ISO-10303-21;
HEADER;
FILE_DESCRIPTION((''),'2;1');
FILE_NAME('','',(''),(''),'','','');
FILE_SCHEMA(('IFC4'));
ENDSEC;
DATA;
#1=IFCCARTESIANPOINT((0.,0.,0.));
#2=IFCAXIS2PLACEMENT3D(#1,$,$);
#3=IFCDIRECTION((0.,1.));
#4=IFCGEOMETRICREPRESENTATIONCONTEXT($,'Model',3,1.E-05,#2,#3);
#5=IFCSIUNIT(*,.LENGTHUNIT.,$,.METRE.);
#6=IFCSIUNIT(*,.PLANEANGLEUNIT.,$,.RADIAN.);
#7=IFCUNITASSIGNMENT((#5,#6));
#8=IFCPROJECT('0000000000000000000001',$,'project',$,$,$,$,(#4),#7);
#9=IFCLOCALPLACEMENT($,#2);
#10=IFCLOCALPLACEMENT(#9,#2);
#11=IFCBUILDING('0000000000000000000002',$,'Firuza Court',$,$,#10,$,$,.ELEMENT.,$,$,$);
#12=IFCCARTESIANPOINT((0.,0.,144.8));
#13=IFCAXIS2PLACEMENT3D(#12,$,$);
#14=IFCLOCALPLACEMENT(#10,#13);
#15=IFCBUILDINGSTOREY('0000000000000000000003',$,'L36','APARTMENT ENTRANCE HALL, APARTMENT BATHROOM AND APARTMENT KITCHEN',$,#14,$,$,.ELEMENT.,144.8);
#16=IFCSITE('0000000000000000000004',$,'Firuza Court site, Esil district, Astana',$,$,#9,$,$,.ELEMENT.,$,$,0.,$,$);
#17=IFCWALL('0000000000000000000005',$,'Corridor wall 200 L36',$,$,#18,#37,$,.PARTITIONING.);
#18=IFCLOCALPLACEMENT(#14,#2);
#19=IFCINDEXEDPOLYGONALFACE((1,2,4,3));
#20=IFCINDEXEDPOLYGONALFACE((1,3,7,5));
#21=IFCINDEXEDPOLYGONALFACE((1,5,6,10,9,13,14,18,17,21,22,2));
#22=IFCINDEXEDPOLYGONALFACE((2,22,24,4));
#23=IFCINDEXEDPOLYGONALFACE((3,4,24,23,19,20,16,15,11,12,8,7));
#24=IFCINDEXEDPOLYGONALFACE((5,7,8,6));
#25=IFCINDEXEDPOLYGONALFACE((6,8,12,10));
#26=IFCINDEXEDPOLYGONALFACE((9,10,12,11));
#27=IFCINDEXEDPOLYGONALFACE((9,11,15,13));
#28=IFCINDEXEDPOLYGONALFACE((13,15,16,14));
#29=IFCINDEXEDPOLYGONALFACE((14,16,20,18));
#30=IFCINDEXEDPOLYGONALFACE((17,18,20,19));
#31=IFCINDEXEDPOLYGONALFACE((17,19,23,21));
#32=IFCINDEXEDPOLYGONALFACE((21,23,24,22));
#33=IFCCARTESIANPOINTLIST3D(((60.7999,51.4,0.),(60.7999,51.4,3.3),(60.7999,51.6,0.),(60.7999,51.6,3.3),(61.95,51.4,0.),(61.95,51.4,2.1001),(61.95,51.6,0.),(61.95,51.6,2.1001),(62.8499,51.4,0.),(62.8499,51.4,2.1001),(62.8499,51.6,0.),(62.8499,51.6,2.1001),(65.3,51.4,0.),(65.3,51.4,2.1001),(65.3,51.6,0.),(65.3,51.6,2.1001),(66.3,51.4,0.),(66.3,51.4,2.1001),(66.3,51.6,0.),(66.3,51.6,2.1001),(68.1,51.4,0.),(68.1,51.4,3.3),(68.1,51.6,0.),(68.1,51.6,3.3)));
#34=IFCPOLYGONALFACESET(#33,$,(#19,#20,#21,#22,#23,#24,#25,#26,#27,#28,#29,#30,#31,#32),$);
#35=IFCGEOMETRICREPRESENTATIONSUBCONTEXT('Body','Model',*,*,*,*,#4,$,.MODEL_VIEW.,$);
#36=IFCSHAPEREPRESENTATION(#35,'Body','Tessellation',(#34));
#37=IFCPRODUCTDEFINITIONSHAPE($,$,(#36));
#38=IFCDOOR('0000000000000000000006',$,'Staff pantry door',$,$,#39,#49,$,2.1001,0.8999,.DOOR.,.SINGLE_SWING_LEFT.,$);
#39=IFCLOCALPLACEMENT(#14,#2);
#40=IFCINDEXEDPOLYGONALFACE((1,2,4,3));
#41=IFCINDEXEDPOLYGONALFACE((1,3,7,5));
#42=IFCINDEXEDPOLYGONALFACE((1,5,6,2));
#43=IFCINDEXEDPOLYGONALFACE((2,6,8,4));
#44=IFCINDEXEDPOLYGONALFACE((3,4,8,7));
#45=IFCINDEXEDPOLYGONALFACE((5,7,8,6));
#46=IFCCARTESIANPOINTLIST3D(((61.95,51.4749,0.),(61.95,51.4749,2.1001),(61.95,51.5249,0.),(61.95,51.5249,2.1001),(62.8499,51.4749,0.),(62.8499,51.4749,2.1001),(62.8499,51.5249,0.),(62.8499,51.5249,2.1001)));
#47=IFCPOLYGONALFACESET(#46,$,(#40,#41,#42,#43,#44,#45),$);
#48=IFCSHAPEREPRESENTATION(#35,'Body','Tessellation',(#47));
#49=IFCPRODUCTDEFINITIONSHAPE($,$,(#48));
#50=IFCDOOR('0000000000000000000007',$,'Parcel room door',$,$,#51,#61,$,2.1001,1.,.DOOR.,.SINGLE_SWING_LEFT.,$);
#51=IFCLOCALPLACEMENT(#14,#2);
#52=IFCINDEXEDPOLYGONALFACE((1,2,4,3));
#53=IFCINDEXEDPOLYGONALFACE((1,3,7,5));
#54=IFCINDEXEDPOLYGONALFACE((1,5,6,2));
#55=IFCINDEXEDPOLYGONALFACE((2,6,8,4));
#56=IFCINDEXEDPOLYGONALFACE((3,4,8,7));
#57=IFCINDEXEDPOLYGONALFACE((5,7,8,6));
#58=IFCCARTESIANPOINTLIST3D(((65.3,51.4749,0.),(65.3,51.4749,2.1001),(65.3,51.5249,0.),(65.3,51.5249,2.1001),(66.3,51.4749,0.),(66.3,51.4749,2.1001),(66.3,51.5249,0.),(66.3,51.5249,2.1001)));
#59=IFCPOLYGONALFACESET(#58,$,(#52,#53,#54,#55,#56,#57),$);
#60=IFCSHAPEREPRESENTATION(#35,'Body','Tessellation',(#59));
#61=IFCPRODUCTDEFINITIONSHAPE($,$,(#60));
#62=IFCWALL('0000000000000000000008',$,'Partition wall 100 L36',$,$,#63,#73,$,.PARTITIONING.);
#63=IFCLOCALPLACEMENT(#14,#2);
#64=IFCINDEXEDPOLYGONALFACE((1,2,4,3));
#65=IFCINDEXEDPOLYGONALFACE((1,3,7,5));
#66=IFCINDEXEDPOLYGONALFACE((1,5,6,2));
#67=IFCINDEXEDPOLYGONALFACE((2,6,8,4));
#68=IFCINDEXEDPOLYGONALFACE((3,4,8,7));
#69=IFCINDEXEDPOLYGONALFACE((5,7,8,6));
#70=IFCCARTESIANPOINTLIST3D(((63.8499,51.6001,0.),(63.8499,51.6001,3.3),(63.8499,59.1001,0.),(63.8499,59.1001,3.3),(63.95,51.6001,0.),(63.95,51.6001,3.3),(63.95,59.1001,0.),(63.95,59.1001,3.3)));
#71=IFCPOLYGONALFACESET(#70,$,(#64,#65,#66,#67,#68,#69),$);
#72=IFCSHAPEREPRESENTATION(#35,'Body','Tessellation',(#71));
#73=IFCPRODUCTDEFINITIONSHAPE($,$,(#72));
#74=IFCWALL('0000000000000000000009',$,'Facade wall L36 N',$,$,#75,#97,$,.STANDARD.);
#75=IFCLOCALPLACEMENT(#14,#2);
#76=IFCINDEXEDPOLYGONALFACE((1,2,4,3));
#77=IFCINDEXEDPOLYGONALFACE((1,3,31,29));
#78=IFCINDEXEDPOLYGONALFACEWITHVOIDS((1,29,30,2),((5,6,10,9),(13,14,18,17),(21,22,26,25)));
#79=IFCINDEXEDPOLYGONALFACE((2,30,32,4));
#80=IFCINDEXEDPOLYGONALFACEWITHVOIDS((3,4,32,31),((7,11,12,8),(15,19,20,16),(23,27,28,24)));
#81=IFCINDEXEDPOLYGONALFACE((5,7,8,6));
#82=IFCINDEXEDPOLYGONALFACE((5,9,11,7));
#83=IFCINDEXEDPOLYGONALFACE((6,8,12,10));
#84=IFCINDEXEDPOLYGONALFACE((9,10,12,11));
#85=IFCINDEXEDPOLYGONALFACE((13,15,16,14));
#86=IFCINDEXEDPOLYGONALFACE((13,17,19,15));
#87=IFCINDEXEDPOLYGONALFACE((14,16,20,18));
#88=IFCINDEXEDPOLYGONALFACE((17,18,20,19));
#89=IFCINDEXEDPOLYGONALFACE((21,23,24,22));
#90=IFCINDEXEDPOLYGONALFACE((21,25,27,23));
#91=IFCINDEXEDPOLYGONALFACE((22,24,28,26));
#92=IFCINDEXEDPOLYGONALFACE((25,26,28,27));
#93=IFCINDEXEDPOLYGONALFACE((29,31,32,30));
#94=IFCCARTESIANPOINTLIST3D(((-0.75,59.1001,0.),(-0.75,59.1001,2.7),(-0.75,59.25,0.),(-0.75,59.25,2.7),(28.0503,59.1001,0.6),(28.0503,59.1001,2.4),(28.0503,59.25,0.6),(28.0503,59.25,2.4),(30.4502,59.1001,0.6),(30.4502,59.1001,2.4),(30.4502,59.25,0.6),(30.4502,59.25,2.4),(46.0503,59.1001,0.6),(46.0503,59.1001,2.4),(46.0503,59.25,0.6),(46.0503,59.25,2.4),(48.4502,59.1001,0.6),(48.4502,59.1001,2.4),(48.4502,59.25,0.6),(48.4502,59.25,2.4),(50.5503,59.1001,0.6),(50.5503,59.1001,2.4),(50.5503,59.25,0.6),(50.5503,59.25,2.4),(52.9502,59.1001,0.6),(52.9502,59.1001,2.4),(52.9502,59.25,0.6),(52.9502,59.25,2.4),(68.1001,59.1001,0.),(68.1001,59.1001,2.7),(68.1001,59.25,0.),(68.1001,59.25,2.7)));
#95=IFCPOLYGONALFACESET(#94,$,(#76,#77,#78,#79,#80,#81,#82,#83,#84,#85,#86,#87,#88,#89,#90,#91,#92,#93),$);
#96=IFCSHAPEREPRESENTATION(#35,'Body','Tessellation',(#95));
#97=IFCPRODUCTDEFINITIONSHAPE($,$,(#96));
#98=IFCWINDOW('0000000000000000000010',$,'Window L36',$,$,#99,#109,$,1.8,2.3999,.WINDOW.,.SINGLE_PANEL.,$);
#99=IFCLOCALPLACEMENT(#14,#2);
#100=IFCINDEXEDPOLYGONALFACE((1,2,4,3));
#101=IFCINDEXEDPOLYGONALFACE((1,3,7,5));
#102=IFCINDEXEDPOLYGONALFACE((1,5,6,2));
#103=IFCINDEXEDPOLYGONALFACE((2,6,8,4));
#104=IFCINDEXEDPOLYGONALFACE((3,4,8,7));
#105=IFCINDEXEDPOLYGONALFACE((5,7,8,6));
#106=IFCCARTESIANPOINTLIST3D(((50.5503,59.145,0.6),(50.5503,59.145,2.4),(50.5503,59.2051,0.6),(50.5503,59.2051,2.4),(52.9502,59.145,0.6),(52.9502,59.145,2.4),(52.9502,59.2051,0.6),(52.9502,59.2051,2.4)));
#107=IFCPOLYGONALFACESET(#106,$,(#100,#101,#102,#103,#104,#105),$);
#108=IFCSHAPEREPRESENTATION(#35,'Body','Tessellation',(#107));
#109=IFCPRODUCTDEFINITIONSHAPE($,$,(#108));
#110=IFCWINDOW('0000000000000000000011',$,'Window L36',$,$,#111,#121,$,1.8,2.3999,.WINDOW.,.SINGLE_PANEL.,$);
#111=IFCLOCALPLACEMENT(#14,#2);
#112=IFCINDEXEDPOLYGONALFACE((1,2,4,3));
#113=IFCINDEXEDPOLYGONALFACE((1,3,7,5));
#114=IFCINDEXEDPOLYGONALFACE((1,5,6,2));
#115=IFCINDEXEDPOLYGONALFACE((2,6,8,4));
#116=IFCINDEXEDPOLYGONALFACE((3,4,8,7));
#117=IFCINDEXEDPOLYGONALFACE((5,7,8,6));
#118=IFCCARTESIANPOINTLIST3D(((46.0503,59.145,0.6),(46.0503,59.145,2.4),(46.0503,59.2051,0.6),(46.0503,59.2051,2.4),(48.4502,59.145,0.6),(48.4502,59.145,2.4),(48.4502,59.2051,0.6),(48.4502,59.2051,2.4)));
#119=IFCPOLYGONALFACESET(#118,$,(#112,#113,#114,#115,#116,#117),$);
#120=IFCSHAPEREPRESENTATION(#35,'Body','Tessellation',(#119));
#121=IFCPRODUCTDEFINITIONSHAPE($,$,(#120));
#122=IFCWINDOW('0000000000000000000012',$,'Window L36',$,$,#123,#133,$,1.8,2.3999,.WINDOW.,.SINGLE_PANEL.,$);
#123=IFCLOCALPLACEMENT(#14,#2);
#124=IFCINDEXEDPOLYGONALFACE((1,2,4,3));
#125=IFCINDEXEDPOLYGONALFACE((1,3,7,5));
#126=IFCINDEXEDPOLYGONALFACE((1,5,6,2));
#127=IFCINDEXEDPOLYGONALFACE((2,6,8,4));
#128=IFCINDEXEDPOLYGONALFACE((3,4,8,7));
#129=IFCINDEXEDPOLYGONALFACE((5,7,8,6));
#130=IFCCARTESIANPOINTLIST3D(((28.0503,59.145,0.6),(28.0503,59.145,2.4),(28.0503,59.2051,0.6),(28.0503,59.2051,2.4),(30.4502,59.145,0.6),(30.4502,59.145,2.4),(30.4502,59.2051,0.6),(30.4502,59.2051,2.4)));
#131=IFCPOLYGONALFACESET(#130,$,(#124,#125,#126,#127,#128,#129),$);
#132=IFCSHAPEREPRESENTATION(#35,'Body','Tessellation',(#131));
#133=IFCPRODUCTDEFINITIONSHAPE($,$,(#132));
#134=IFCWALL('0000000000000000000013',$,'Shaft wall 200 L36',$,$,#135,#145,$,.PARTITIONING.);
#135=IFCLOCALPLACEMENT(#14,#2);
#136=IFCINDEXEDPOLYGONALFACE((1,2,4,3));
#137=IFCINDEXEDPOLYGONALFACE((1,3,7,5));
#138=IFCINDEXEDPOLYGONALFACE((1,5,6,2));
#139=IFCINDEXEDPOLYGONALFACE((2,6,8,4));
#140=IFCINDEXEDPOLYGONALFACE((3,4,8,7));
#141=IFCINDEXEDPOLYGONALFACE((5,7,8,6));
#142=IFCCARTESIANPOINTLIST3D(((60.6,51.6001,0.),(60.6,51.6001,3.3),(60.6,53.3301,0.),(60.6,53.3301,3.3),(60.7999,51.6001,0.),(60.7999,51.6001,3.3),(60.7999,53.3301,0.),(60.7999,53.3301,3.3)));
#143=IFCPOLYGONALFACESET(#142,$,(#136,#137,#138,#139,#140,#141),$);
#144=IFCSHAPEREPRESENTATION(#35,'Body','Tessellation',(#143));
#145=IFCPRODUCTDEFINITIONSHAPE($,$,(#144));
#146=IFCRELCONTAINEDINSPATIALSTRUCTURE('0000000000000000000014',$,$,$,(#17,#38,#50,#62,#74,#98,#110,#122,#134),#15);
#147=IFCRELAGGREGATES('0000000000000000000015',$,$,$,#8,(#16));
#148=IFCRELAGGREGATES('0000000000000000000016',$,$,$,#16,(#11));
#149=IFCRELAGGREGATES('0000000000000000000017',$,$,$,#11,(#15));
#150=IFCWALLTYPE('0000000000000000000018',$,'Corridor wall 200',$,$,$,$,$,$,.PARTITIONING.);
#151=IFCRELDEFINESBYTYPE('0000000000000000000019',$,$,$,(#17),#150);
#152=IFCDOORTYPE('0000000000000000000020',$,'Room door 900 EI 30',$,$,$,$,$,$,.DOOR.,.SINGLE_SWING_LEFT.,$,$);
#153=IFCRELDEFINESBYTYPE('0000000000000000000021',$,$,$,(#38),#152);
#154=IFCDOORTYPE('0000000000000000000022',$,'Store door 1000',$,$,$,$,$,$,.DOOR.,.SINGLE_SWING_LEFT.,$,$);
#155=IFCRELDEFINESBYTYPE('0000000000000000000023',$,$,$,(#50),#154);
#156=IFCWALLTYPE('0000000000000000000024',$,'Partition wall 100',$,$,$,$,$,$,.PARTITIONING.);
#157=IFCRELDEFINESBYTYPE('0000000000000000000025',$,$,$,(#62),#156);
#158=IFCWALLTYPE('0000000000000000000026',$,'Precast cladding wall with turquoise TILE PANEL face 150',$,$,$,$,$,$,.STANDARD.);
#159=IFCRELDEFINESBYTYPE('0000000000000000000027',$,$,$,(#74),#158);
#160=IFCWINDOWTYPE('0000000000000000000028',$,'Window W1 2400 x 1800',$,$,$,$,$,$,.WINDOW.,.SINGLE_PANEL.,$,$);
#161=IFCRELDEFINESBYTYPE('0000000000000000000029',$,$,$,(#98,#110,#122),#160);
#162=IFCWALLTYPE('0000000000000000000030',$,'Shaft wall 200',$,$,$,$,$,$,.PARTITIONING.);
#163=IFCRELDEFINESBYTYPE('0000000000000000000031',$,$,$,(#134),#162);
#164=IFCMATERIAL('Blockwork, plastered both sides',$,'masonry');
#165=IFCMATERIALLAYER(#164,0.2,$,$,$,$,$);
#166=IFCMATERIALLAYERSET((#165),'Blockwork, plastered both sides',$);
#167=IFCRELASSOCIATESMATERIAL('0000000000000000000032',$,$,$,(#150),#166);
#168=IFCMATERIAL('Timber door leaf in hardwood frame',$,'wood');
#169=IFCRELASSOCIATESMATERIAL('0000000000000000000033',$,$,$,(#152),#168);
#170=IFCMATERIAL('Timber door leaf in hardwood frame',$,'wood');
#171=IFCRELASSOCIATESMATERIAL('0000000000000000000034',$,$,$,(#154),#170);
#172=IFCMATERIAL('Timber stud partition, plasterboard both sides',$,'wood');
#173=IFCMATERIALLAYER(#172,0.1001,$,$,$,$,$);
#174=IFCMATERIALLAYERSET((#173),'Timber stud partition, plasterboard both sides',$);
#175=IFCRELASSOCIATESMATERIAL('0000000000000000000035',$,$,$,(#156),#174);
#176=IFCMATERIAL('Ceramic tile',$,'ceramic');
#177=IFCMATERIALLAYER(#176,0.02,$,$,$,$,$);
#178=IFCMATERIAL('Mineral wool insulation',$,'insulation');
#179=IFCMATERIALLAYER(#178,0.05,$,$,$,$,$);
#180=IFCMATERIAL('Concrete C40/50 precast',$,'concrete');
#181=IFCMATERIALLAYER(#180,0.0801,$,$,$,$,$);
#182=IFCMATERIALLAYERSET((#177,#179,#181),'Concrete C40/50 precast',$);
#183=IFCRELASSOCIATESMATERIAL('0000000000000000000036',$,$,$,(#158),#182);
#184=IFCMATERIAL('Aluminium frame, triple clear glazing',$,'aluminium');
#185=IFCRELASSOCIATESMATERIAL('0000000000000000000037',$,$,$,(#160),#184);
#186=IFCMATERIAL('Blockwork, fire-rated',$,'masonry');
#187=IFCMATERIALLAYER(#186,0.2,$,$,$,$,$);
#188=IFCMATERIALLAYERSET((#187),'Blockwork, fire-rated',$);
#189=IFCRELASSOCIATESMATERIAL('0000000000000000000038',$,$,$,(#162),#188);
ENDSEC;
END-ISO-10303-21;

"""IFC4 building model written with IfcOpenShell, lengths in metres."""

from ifc_helpers import new_model, si_unit, direction, frame, frame_2d, origin, place, context, subcontext, project, spatial, rectangle, extrude, material, layer, layer_set, type_object, element, fill, save


model = new_model("IFC4")

# Units and contexts
model_context = context("Model", 3, precision=1e-05, world=origin(), true_north=direction((0.0, 1.0)))
body_context = subcontext(model_context, "Body", "Model", "MODEL_VIEW")
ifc_project = project(units=[si_unit("LENGTHUNIT", "METRE"), si_unit("PLANEANGLEUNIT", "RADIAN")], contexts=[model_context])

# Site, building, storey
site_placement = place(None, origin())
site = spatial("IfcSite", under=ifc_project, at=site_placement, Name="Firuza Court site, Esil district, Astana", CompositionType="ELEMENT", RefElevation=0.0)
building_placement = place(site_placement, origin())
building = spatial("IfcBuilding", under=site, at=building_placement, Name="Firuza Court", CompositionType="ELEMENT")
storey_placement = place(building_placement, frame((0.0, 0.0, 144.8)))
storey = spatial("IfcBuildingStorey", under=building, at=storey_placement, Name="L36", Description="APARTMENT ENTRANCE HALL, APARTMENT BATHROOM AND APARTMENT KITCHEN", CompositionType="ELEMENT", Elevation=144.8)

# Wall, openings, doors
ifc_material_1 = material(Name="Blockwork, plastered both sides", Category="masonry")
ifc_layer_1 = layer(ifc_material_1, 0.2)
ifc_layer_set_1 = layer_set([ifc_layer_1], Name="Blockwork, plastered both sides")
wall_type_1 = type_object("IfcWallType", Name="Corridor wall 200", PredefinedType="PARTITIONING", material=ifc_layer_set_1)
wall_1_placement = place(storey_placement, frame((60.8, 51.5, 0.0), z_axis=(0.0, 0.0, 1.0), x_axis=(1.0, 0.0, 0.0)))
wall_1 = element("IfcWall", 1, at=wall_1_placement, inside=storey, type_object=wall_type_1, Name="Corridor wall 200 L36", PredefinedType="PARTITIONING", context=body_context, shape_type="SweptSolid", body=[
    extrude(rectangle(XDim=7.3, YDim=0.2, at=frame_2d((3.6499, 0.0))), origin(), (0.0, 0.0, 1.0), 3.3),
])
opening_1_placement = place(wall_1_placement, frame((1.1499, 0.0, 0.0)))
opening_1 = element("IfcOpeningElement", 2, at=opening_1_placement, cuts=wall_1, PredefinedType="OPENING", context=body_context, shape_type="SweptSolid", body=[
    extrude(rectangle(XDim=0.8999, YDim=2.1001, at=frame_2d((0.45, 1.05))), frame((0.0, 0.1118, 0.0), z_axis=(0.0, -1.0, 0.0), x_axis=(1.0, 0.0, 0.0)), (0.0, 0.0, 1.0), 0.2239),
])
opening_2_placement = place(wall_1_placement, frame((4.5, 0.0, 0.0)))
opening_2 = element("IfcOpeningElement", 3, at=opening_2_placement, cuts=wall_1, PredefinedType="OPENING", context=body_context, shape_type="SweptSolid", body=[
    extrude(rectangle(XDim=1.0, YDim=2.1001, at=frame_2d((0.5, 1.05))), frame((0.0, 0.1118, 0.0), z_axis=(0.0, -1.0, 0.0), x_axis=(1.0, 0.0, 0.0)), (0.0, 0.0, 1.0), 0.2239),
])
ifc_material_2 = material(Name="Timber door leaf in hardwood frame", Category="wood")
door_type_1 = type_object("IfcDoorType", Name="Room door 900 EI 30", OperationType="SINGLE_SWING_LEFT", PredefinedType="DOOR", material=ifc_material_2)
door_1_placement = place(opening_1_placement, origin())
door_1 = element("IfcDoor", 4, at=door_1_placement, inside=storey, type_object=door_type_1, Name="Staff pantry door", OperationType="SINGLE_SWING_LEFT", OverallHeight=2.1001, OverallWidth=0.8999, PredefinedType="DOOR", context=body_context, shape_type="SweptSolid", body=[
    extrude(rectangle(XDim=0.8999, YDim=2.1001, at=frame_2d((0.45, 1.05))), frame((0.0, 0.0249, 0.0), z_axis=(0.0, -1.0, 0.0), x_axis=(1.0, 0.0, 0.0)), (0.0, 0.0, 1.0), 0.05),
])
fill(opening_1, door_1)
ifc_material_3 = material(Name="Timber door leaf in hardwood frame", Category="wood")
door_type_2 = type_object("IfcDoorType", Name="Store door 1000", OperationType="SINGLE_SWING_LEFT", PredefinedType="DOOR", material=ifc_material_3)
door_2_placement = place(opening_2_placement, origin())
door_2 = element("IfcDoor", 5, at=door_2_placement, inside=storey, type_object=door_type_2, Name="Parcel room door", OperationType="SINGLE_SWING_LEFT", OverallHeight=2.1001, OverallWidth=1.0, PredefinedType="DOOR", context=body_context, shape_type="SweptSolid", body=[
    extrude(rectangle(XDim=1.0, YDim=2.1001, at=frame_2d((0.5, 1.05))), frame((0.0, 0.0249, 0.0), z_axis=(0.0, -1.0, 0.0), x_axis=(1.0, 0.0, 0.0)), (0.0, 0.0, 1.0), 0.05),
])
fill(opening_2, door_2)

# Wall
ifc_material_4 = material(Name="Timber stud partition, plasterboard both sides", Category="wood")
ifc_layer_2 = layer(ifc_material_4, 0.1001)
ifc_layer_set_2 = layer_set([ifc_layer_2], Name="Timber stud partition, plasterboard both sides")
wall_type_2 = type_object("IfcWallType", Name="Partition wall 100", PredefinedType="PARTITIONING", material=ifc_layer_set_2)
wall_2_placement = place(storey_placement, frame((63.8999, 51.6001, 0.0), z_axis=(0.0, 0.0, 1.0), x_axis=(0.0, 1.0, 0.0)))
element("IfcWall", 6, at=wall_2_placement, inside=storey, type_object=wall_type_2, Name="Partition wall 100 L36", PredefinedType="PARTITIONING", context=body_context, shape_type="SweptSolid", body=[
    extrude(rectangle(XDim=7.5, YDim=0.1001, at=frame_2d((3.75, 0.0))), origin(), (0.0, 0.0, 1.0), 3.3),
])

# Wall, openings, windows
ifc_material_5 = material(Name="Ceramic tile", Category="ceramic")
ifc_layer_3 = layer(ifc_material_5, 0.02)
ifc_material_6 = material(Name="Mineral wool insulation", Category="insulation")
ifc_layer_4 = layer(ifc_material_6, 0.05)
ifc_material_7 = material(Name="Concrete C40/50 precast", Category="concrete")
ifc_layer_5 = layer(ifc_material_7, 0.0801)
ifc_layer_set_3 = layer_set([ifc_layer_3, ifc_layer_4, ifc_layer_5], Name="Concrete C40/50 precast")
wall_type_3 = type_object("IfcWallType", Name="Precast cladding wall with turquoise TILE PANEL face 150", PredefinedType="STANDARD", material=ifc_layer_set_3)
wall_3_placement = place(storey_placement, frame((68.1001, 59.175, 0.0), z_axis=(0.0, 0.0, 1.0), x_axis=(-1.0, 0.0, 0.0)))
wall_3 = element("IfcWall", 7, at=wall_3_placement, inside=storey, type_object=wall_type_3, Name="Facade wall L36 N", PredefinedType="STANDARD", context=body_context, shape_type="SweptSolid", body=[
    extrude(rectangle(XDim=68.8501, YDim=0.1499, at=frame_2d((34.425, 0.0))), origin(), (0.0, 0.0, 1.0), 2.7),
])
opening_3_placement = place(wall_3_placement, frame((15.1499, 0.0, 0.6001)))
opening_3 = element("IfcOpeningElement", 8, at=opening_3_placement, cuts=wall_3, PredefinedType="OPENING", context=body_context, shape_type="SweptSolid", body=[
    extrude(rectangle(XDim=2.3999, YDim=1.8, at=frame_2d((1.2, 0.8999))), frame((0.0, 0.0869, 0.0), z_axis=(0.0, -1.0, 0.0), x_axis=(1.0, 0.0, 0.0)), (0.0, 0.0, 1.0), 0.1738),
])
opening_4_placement = place(wall_3_placement, frame((19.6499, 0.0, 0.6001)))
opening_4 = element("IfcOpeningElement", 9, at=opening_4_placement, cuts=wall_3, PredefinedType="OPENING", context=body_context, shape_type="SweptSolid", body=[
    extrude(rectangle(XDim=2.3999, YDim=1.8, at=frame_2d((1.2, 0.8999))), frame((0.0, 0.0869, 0.0), z_axis=(0.0, -1.0, 0.0), x_axis=(1.0, 0.0, 0.0)), (0.0, 0.0, 1.0), 0.1738),
])
opening_5_placement = place(wall_3_placement, frame((37.6499, 0.0, 0.6001)))
opening_5 = element("IfcOpeningElement", 10, at=opening_5_placement, cuts=wall_3, PredefinedType="OPENING", context=body_context, shape_type="SweptSolid", body=[
    extrude(rectangle(XDim=2.3999, YDim=1.8, at=frame_2d((1.2, 0.8999))), frame((0.0, 0.0869, 0.0), z_axis=(0.0, -1.0, 0.0), x_axis=(1.0, 0.0, 0.0)), (0.0, 0.0, 1.0), 0.1738),
])
ifc_material_8 = material(Name="Aluminium frame, triple clear glazing", Category="aluminium")
window_type = type_object("IfcWindowType", Name="Window W1 2400 x 1800", PartitioningType="SINGLE_PANEL", PredefinedType="WINDOW", material=ifc_material_8)
window_1_placement = place(opening_3_placement, origin())
window_1 = element("IfcWindow", 11, at=window_1_placement, inside=storey, type_object=window_type, Name="Window L36", OverallHeight=1.8, OverallWidth=2.3999, PartitioningType="SINGLE_PANEL", PredefinedType="WINDOW", context=body_context, shape_type="SweptSolid", body=[
    extrude(rectangle(XDim=2.3999, YDim=1.8, at=frame_2d((1.2, 0.8999))), frame((0.0, 0.03, 0.0), z_axis=(0.0, -1.0, 0.0), x_axis=(1.0, 0.0, 0.0)), (0.0, 0.0, 1.0), 0.0601),
])
fill(opening_3, window_1)
window_2_placement = place(opening_4_placement, origin())
window_2 = element("IfcWindow", 12, at=window_2_placement, inside=storey, type_object=window_type, Name="Window L36", OverallHeight=1.8, OverallWidth=2.3999, PartitioningType="SINGLE_PANEL", PredefinedType="WINDOW", context=body_context, shape_type="SweptSolid", body=[
    extrude(rectangle(XDim=2.3999, YDim=1.8, at=frame_2d((1.2, 0.8999))), frame((0.0, 0.03, 0.0), z_axis=(0.0, -1.0, 0.0), x_axis=(1.0, 0.0, 0.0)), (0.0, 0.0, 1.0), 0.0601),
])
fill(opening_4, window_2)
window_3_placement = place(opening_5_placement, origin())
window_3 = element("IfcWindow", 13, at=window_3_placement, inside=storey, type_object=window_type, Name="Window L36", OverallHeight=1.8, OverallWidth=2.3999, PartitioningType="SINGLE_PANEL", PredefinedType="WINDOW", context=body_context, shape_type="SweptSolid", body=[
    extrude(rectangle(XDim=2.3999, YDim=1.8, at=frame_2d((1.2, 0.8999))), frame((0.0, 0.03, 0.0), z_axis=(0.0, -1.0, 0.0), x_axis=(1.0, 0.0, 0.0)), (0.0, 0.0, 1.0), 0.0601),
])
fill(opening_5, window_3)

# Wall
ifc_material_9 = material(Name="Blockwork, fire-rated", Category="masonry")
ifc_layer_6 = layer(ifc_material_9, 0.2)
ifc_layer_set_4 = layer_set([ifc_layer_6], Name="Blockwork, fire-rated")
wall_type_4 = type_object("IfcWallType", Name="Shaft wall 200", PredefinedType="PARTITIONING", material=ifc_layer_set_4)
wall_4_placement = place(storey_placement, frame((60.7, 51.6001, 0.0), z_axis=(0.0, 0.0, 1.0), x_axis=(0.0, 1.0, 0.0)))
element("IfcWall", 14, at=wall_4_placement, inside=storey, type_object=wall_type_4, Name="Shaft wall 200 L36", PredefinedType="PARTITIONING", context=body_context, shape_type="SweptSolid", body=[
    extrude(rectangle(XDim=1.73, YDim=0.2, at=frame_2d((0.865, 0.0))), origin(), (0.0, 0.0, 1.0), 3.3),
])

save(model, "model.ifc")
